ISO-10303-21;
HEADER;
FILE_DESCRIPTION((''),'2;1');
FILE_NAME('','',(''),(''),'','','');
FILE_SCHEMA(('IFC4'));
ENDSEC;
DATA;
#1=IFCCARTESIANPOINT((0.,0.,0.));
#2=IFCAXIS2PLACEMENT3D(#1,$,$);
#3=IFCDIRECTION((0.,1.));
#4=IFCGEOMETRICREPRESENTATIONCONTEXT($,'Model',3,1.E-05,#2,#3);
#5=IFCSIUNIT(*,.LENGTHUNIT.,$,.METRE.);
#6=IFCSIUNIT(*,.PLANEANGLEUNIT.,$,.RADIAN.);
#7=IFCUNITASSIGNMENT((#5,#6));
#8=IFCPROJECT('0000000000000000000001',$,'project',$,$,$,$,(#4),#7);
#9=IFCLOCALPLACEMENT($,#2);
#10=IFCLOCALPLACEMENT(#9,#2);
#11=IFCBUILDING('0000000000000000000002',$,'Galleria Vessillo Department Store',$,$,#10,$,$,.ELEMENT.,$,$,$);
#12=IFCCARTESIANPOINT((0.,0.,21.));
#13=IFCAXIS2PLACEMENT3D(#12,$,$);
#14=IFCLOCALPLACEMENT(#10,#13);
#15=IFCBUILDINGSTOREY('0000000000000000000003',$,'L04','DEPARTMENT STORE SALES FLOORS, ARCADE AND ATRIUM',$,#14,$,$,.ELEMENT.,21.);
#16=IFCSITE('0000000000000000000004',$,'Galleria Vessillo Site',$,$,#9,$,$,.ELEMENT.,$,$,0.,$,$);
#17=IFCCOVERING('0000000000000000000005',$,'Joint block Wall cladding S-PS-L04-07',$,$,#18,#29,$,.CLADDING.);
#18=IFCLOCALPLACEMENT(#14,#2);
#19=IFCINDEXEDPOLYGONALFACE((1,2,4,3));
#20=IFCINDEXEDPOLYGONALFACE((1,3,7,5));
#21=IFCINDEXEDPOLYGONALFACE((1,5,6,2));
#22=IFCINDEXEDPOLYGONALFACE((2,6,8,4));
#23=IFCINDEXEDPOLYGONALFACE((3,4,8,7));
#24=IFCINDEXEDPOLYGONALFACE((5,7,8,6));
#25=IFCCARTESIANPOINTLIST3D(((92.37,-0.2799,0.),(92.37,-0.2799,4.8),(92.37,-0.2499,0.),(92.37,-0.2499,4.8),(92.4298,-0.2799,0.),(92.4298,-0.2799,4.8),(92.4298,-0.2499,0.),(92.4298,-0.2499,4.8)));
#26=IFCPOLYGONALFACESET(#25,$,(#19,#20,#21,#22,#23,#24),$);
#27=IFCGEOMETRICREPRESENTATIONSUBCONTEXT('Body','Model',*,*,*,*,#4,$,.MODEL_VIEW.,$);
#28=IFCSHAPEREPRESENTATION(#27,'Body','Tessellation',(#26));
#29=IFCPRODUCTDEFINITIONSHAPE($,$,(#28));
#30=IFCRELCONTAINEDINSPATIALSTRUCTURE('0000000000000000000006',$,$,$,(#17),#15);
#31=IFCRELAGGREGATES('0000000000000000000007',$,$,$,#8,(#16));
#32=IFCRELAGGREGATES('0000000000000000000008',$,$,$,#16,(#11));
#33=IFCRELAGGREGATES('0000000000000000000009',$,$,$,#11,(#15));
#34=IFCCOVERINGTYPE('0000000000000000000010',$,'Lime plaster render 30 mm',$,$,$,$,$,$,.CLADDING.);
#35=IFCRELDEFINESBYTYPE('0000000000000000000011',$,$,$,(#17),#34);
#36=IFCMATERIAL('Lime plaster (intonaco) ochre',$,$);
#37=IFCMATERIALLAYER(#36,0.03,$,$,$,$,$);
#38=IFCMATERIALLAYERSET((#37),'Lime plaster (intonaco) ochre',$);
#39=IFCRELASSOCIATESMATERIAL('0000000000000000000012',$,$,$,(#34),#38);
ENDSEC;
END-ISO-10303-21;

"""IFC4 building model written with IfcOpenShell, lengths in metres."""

from ifc_helpers import new_model, si_unit, direction, frame, origin, origin_2d, place, context, subcontext, project, spatial, rectangle, extrude, material, layer, layer_set, type_object, element, save


model = new_model("IFC4")

# Units and contexts
model_context = context("Model", 3, precision=1e-05, world=origin(), true_north=direction((0.0, 1.0)))
body_context = subcontext(model_context, "Body", "Model", "MODEL_VIEW")
ifc_project = project(units=[si_unit("LENGTHUNIT", "METRE"), si_unit("PLANEANGLEUNIT", "RADIAN")], contexts=[model_context])

# Site, building, storey
site_placement = place(None, origin())
site = spatial("IfcSite", under=ifc_project, at=site_placement, Name="Galleria Vessillo Site", CompositionType="ELEMENT", RefElevation=0.0)
building_placement = place(site_placement, origin())
building = spatial("IfcBuilding", under=site, at=building_placement, Name="Galleria Vessillo Department Store", CompositionType="ELEMENT")
storey_placement = place(building_placement, frame((0.0, 0.0, 21.0)))
storey = spatial("IfcBuildingStorey", under=building, at=storey_placement, Name="L04", Description="DEPARTMENT STORE SALES FLOORS, ARCADE AND ATRIUM", CompositionType="ELEMENT", Elevation=21.0)

# Covering
ifc_material_1 = material(Name="Lime plaster (intonaco) ochre")
ifc_layer_1 = layer(ifc_material_1, 0.03)
ifc_layer_set_1 = layer_set([ifc_layer_1], Name="Lime plaster (intonaco) ochre")
covering_type = type_object("IfcCoveringType", Name="Lime plaster render 30 mm", PredefinedType="CLADDING", material=ifc_layer_set_1)
covering_1_placement = place(storey_placement, frame((92.3999, -0.2649, 0.0), z_axis=(0.0, 0.0, 1.0), x_axis=(1.0, 0.0, 0.0)))
element("IfcCovering", 1, at=covering_1_placement, inside=storey, type_object=covering_type, Name="Joint block Wall cladding S-PS-L04-07", PredefinedType="CLADDING", context=body_context, shape_type="SweptSolid", body=[
    extrude(rectangle(XDim=0.0598, YDim=0.03, at=origin_2d()), origin(), (0.0, 0.0, 1.0), 4.8),
])

save(model, "model.ifc")
